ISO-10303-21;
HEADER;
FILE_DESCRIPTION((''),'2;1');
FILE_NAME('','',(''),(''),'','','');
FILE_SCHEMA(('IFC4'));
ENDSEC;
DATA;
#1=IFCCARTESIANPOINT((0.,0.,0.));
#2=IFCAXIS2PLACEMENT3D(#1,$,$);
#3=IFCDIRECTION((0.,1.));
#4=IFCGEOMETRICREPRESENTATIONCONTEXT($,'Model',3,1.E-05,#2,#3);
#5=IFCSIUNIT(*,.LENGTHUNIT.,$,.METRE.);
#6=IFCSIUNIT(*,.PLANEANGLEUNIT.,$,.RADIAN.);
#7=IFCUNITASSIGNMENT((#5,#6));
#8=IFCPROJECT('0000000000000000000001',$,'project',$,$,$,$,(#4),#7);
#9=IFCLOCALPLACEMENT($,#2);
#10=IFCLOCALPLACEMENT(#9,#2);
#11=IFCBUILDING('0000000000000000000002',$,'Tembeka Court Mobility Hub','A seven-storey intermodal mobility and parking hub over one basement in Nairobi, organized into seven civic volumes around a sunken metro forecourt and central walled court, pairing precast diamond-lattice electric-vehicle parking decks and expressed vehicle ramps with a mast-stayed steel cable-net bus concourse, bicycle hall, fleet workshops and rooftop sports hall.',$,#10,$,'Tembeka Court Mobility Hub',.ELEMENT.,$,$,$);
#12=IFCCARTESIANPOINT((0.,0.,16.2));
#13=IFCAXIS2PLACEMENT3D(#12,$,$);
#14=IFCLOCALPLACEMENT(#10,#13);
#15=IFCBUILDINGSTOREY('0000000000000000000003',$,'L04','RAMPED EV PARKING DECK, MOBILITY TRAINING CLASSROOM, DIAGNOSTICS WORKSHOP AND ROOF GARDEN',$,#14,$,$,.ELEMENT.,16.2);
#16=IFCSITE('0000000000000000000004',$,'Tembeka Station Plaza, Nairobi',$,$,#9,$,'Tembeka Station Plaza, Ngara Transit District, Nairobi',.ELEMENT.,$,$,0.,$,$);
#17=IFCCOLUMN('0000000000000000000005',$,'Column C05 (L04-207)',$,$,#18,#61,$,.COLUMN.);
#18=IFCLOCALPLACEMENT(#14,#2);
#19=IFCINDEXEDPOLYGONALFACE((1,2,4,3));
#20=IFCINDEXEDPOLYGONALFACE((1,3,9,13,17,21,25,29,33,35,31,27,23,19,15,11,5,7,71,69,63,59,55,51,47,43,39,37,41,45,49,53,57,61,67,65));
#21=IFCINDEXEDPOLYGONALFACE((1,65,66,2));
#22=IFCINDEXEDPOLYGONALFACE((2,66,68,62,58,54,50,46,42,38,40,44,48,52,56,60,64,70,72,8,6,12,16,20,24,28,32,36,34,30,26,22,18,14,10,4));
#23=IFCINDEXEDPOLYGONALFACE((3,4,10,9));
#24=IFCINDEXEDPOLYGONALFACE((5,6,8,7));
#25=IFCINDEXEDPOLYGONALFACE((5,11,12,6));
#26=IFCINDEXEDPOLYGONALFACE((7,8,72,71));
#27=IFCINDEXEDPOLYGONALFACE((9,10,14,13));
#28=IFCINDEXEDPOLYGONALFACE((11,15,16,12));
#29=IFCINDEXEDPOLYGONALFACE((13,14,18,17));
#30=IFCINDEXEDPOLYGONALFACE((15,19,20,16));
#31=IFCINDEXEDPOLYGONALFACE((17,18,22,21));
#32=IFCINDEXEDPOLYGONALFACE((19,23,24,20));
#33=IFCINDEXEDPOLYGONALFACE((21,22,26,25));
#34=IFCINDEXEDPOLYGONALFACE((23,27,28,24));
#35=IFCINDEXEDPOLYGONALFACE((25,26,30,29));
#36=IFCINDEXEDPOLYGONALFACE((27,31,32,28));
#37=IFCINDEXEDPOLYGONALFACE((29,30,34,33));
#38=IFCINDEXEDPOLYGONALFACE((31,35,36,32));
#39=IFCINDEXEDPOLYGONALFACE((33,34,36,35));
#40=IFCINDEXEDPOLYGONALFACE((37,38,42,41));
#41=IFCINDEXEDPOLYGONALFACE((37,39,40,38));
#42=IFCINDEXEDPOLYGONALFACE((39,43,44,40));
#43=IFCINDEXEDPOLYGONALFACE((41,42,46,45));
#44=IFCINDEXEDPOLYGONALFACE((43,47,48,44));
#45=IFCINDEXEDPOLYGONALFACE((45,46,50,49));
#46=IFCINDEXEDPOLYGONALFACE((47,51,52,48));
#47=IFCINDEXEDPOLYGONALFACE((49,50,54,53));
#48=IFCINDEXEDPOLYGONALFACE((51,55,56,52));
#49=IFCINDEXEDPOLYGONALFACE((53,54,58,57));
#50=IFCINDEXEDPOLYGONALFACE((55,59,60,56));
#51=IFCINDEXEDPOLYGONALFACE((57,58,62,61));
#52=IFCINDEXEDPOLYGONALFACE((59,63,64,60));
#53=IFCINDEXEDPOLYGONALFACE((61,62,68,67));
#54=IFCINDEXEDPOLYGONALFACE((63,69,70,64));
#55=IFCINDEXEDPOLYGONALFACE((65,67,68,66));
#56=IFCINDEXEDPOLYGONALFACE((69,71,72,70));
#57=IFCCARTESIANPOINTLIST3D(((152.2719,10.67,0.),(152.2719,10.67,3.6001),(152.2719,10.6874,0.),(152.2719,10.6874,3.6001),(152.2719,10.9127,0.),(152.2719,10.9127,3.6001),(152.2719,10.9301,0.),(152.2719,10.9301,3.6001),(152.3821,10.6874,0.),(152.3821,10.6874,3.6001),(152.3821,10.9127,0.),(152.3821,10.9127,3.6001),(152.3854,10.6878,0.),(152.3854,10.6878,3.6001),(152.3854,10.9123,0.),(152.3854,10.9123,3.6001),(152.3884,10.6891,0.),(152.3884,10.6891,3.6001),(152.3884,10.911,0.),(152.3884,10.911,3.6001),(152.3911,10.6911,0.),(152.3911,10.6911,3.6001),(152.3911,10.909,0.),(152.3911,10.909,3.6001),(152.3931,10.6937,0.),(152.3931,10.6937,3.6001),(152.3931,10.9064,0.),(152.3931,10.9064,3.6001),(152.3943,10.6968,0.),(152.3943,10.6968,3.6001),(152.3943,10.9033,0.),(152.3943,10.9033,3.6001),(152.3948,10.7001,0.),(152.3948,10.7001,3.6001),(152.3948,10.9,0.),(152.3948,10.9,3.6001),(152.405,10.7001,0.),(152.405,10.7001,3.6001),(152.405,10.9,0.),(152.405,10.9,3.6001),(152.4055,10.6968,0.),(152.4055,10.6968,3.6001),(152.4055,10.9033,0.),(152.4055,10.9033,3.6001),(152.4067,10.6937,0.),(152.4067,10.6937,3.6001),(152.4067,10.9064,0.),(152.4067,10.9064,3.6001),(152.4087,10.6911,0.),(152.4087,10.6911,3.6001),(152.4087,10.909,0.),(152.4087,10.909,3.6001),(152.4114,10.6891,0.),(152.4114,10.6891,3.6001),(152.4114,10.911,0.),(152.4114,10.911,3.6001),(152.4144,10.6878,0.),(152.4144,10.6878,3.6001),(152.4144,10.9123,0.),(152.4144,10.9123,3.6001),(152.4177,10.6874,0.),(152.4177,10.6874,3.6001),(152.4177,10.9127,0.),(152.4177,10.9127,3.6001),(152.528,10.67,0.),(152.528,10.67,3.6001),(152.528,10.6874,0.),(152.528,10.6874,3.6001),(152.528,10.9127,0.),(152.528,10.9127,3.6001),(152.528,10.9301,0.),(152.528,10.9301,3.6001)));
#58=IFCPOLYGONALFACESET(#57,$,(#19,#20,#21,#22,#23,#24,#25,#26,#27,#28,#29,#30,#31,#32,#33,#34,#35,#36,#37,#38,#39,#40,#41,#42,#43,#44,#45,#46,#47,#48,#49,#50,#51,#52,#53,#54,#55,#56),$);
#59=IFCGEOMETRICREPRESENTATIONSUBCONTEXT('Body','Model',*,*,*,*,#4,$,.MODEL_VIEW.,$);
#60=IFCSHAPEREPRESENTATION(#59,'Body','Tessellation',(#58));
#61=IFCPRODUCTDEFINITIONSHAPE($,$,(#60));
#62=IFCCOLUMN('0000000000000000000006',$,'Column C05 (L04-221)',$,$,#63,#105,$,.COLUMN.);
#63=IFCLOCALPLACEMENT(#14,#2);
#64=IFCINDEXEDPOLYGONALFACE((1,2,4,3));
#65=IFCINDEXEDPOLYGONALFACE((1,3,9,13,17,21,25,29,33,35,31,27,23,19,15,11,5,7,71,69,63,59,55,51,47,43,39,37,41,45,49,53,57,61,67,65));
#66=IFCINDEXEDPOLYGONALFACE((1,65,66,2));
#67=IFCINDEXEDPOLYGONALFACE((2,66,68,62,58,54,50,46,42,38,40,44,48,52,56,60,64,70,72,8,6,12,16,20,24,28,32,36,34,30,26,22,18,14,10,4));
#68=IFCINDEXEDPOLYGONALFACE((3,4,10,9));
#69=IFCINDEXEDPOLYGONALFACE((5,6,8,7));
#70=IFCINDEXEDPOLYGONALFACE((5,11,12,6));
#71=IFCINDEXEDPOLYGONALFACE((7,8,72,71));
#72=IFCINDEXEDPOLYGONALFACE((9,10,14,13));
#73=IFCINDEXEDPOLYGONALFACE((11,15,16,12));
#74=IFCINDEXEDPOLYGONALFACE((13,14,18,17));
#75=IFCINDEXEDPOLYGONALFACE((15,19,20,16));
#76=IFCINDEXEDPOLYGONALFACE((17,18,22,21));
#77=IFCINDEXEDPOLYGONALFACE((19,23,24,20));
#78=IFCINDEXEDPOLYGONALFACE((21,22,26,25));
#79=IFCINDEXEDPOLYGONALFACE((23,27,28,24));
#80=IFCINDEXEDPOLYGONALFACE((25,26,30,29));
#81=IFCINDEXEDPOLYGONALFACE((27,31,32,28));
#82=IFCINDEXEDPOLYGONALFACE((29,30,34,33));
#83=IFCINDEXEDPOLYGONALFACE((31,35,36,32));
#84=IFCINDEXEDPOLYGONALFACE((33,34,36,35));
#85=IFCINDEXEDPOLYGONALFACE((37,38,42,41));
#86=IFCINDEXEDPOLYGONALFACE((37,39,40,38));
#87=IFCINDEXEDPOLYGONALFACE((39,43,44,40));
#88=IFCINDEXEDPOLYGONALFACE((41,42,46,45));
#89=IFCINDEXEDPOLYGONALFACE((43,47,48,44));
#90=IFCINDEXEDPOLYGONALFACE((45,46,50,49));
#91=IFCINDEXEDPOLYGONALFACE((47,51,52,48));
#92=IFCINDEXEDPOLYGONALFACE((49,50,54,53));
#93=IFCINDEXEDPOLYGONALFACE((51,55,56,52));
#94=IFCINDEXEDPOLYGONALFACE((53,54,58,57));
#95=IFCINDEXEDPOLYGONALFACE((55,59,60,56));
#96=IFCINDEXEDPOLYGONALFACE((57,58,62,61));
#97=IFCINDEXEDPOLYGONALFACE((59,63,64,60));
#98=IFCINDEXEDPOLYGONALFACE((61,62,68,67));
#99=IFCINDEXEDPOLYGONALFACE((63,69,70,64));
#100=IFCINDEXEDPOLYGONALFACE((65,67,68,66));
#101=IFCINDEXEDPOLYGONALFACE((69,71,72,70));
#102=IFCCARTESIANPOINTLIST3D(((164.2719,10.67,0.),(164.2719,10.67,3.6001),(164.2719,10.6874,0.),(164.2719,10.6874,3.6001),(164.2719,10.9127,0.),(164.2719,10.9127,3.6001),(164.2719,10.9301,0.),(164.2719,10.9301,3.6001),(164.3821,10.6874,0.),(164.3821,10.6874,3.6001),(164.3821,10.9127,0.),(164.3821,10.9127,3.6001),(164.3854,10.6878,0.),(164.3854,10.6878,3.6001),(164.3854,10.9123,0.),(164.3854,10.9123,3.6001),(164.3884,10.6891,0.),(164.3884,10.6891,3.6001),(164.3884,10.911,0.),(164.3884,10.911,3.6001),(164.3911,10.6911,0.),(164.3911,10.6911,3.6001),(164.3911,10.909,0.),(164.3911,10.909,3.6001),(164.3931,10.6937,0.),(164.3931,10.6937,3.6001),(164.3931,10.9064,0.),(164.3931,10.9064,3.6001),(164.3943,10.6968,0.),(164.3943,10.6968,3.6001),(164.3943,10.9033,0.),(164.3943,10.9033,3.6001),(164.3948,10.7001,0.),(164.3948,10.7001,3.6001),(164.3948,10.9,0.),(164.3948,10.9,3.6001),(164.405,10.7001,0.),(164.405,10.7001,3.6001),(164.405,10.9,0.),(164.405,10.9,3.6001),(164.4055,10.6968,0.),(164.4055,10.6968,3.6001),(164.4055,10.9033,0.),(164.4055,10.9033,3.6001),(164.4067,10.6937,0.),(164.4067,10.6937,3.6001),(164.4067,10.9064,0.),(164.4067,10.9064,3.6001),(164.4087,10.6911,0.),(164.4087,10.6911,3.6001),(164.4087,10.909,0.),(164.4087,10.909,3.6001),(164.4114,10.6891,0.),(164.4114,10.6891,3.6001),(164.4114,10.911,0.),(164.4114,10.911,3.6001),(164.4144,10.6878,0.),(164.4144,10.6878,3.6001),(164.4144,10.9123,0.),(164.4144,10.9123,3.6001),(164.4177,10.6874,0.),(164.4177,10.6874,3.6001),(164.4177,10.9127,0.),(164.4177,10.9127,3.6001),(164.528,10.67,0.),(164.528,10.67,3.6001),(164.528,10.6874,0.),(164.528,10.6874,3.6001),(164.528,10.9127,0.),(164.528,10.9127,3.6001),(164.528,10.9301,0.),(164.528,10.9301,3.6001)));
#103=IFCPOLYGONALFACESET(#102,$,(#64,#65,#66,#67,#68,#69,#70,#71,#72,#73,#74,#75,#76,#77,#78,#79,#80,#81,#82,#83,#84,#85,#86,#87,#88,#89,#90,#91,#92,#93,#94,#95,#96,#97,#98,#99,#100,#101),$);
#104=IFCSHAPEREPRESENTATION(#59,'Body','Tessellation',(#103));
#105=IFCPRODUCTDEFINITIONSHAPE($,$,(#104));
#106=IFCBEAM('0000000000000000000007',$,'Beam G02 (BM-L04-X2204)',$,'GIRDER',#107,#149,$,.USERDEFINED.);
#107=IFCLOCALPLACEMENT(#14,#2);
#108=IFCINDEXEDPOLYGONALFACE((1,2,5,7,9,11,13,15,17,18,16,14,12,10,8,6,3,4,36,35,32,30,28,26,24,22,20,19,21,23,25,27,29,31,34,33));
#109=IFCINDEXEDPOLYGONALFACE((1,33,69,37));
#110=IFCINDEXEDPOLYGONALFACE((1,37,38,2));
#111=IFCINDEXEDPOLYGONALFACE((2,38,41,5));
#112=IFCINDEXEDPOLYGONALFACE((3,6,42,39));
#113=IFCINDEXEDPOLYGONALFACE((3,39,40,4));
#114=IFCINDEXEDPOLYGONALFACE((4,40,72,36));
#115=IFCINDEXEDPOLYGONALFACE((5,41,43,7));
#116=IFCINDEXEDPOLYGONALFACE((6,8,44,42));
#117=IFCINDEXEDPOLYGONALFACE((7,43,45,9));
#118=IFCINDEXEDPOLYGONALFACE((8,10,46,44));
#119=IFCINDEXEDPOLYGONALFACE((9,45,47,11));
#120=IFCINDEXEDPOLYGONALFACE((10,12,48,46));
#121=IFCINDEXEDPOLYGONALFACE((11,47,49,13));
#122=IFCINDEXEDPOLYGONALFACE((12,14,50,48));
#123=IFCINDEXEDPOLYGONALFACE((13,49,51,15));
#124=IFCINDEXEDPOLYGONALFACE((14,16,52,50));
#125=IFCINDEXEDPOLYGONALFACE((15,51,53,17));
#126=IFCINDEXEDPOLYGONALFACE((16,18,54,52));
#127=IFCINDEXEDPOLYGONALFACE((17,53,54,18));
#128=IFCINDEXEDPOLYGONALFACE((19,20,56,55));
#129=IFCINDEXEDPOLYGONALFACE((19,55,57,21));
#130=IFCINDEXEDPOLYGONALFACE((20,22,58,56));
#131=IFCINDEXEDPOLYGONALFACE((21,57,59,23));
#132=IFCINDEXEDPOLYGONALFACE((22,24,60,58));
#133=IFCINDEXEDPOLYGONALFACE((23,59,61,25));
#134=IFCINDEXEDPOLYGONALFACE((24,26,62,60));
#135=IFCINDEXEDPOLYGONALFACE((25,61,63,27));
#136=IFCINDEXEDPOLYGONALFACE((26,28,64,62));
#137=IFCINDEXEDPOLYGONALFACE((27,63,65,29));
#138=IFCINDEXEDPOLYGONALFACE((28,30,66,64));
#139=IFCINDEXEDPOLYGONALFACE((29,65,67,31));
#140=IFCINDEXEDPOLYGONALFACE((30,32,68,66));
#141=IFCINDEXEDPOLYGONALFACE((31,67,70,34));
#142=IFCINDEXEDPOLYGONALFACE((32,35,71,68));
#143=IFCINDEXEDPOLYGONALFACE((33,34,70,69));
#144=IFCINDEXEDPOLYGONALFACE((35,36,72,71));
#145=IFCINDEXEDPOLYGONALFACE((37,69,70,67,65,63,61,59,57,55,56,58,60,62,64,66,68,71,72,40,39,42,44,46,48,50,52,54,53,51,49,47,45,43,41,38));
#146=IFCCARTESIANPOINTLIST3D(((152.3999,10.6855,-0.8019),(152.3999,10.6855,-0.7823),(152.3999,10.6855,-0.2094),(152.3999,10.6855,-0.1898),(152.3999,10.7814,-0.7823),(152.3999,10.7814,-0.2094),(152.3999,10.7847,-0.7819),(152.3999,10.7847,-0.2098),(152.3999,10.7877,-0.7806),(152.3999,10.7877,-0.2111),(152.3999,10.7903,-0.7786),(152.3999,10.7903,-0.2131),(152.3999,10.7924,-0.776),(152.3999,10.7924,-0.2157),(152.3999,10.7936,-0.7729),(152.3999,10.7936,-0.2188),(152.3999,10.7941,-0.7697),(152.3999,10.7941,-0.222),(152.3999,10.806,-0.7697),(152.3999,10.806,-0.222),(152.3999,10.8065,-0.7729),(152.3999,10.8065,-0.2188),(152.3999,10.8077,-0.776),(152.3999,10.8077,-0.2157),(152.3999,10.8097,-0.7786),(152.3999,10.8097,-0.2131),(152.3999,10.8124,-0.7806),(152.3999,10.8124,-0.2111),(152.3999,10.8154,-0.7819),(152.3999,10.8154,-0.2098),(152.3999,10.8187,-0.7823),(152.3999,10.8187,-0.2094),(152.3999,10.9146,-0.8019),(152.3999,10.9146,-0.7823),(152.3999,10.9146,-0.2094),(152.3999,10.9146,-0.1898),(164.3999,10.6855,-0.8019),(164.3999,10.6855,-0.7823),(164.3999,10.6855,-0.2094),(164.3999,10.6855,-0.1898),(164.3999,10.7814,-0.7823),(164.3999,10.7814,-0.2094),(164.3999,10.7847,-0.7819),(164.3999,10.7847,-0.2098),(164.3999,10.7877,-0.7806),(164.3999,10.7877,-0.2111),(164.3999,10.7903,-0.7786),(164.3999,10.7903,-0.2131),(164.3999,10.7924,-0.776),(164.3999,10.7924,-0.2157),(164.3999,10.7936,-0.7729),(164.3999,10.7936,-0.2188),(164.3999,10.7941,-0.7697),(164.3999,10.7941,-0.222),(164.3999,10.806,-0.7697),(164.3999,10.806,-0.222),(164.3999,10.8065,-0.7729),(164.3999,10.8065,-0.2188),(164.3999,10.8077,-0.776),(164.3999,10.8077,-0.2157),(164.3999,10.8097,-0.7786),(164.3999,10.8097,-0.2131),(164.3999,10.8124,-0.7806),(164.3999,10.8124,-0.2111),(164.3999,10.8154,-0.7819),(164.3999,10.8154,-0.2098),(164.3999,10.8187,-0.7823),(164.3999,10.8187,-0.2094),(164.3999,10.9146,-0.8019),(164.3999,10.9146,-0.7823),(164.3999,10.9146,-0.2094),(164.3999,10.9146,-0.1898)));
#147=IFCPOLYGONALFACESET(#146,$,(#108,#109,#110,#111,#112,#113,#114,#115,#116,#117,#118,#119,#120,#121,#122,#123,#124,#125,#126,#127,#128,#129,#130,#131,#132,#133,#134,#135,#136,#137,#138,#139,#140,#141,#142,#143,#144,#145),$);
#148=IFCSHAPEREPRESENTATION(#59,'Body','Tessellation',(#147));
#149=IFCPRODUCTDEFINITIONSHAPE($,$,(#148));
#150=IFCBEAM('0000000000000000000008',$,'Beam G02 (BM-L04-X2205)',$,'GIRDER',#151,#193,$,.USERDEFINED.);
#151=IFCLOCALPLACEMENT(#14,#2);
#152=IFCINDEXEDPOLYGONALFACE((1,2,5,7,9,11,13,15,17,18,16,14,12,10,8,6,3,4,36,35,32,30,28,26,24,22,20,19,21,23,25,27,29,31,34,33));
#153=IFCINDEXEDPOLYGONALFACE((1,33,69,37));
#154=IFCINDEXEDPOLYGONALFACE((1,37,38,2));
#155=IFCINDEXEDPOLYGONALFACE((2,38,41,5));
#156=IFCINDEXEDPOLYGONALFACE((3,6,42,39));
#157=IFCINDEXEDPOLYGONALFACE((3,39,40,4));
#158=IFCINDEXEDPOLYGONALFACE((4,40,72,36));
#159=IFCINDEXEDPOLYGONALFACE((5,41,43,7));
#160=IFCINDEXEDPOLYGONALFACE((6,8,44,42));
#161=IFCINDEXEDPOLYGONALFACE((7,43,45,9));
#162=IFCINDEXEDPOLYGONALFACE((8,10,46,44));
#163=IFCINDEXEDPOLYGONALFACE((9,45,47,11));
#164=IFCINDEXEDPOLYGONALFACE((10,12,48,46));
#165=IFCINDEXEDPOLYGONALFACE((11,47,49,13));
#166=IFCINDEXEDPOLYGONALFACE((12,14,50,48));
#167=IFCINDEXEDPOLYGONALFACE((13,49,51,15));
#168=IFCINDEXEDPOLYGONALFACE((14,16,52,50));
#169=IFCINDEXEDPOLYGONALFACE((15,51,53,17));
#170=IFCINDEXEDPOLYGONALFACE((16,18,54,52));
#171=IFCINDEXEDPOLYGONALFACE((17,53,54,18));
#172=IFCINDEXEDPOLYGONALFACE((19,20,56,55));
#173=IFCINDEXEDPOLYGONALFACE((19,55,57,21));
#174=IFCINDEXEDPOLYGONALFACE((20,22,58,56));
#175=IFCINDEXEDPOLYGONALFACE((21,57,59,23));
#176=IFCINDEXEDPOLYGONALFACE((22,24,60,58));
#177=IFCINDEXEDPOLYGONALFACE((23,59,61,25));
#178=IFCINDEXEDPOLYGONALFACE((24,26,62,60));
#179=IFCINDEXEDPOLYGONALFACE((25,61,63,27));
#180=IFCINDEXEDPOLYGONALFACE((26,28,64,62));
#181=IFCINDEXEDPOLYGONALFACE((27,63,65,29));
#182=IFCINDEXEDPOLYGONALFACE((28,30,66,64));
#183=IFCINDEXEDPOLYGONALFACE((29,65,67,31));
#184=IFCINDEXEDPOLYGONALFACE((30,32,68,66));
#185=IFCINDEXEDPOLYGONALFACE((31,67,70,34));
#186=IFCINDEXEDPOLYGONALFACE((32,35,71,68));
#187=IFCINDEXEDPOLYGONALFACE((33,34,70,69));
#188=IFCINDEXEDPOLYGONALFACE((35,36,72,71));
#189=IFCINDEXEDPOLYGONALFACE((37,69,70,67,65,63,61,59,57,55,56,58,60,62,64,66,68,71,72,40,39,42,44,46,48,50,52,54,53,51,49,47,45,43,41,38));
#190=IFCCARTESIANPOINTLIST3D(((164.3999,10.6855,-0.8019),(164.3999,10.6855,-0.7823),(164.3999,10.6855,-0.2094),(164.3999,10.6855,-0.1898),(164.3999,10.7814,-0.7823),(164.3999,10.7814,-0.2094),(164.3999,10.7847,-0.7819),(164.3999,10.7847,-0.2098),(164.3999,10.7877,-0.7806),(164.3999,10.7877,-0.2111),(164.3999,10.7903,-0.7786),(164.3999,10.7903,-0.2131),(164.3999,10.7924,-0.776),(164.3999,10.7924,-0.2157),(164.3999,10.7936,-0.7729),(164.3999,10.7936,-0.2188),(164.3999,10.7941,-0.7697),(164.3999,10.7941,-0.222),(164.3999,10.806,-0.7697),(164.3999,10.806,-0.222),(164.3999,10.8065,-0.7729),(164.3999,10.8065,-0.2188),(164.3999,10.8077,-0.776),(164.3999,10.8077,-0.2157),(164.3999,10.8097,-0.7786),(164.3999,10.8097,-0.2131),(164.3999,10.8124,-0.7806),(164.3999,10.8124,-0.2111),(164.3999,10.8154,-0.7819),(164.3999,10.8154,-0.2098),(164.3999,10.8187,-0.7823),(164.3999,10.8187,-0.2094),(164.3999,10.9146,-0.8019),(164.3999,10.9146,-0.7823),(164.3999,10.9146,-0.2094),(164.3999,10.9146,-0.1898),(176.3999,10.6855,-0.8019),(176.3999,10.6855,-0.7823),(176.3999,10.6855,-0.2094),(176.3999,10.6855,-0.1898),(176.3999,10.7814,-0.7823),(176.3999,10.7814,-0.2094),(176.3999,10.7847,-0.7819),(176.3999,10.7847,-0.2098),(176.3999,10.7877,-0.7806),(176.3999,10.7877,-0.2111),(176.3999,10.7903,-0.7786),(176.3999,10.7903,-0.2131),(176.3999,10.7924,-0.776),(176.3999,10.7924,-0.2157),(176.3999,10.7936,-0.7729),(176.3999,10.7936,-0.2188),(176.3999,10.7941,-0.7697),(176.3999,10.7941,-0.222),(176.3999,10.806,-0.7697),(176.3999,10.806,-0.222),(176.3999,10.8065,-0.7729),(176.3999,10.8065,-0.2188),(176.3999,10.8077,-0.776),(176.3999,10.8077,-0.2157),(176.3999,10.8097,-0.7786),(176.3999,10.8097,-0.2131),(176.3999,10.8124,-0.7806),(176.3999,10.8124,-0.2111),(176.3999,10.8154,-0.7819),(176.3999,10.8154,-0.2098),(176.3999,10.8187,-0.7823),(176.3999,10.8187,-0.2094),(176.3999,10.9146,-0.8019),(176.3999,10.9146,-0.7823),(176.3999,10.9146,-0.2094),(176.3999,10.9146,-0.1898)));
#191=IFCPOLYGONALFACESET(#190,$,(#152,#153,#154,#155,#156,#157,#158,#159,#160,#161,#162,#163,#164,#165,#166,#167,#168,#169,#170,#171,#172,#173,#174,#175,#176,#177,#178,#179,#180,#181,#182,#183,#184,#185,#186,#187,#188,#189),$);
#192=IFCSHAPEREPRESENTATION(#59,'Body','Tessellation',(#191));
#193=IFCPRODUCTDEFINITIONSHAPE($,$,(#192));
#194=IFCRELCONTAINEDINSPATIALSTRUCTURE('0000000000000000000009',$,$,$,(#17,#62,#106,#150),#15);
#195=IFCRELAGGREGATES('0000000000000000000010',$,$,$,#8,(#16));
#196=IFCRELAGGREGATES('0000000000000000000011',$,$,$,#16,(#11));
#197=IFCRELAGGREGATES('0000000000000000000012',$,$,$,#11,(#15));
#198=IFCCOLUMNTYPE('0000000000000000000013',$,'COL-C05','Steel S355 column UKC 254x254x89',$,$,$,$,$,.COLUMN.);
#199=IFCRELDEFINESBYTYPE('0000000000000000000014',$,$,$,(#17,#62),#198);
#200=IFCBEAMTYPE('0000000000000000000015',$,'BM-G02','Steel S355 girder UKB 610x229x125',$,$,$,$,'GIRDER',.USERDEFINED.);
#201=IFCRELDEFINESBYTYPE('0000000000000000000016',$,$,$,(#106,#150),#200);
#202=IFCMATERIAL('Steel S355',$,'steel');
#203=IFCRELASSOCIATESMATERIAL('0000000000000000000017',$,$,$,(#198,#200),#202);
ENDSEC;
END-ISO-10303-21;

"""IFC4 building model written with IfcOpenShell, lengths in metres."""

from ifc_helpers import new_model, si_unit, direction, frame, origin, origin_2d, place, context, subcontext, project, spatial, i_section, extrude, material, material_profile, profile_set, type_object, element, save


model = new_model("IFC4")

# Units and contexts
model_context = context("Model", 3, precision=1e-05, world=origin(), true_north=direction((0.0, 1.0)))
body_context = subcontext(model_context, "Body", "Model", "MODEL_VIEW")
ifc_project = project(units=[si_unit("LENGTHUNIT", "METRE"), si_unit("PLANEANGLEUNIT", "RADIAN")], contexts=[model_context])

# Site, building, storey
site_placement = place(None, origin())
site = spatial("IfcSite", under=ifc_project, at=site_placement, Name="Tembeka Station Plaza, Nairobi", LongName="Tembeka Station Plaza, Ngara Transit District, Nairobi", CompositionType="ELEMENT", RefElevation=0.0)
building_placement = place(site_placement, origin())
building = spatial("IfcBuilding", under=site, at=building_placement, Name="Tembeka Court Mobility Hub", Description="A seven-storey intermodal mobility and parking hub over one basement in Nairobi, organized into seven civic volumes around a sunken metro forecourt and central walled court, pairing precast diamond-lattice electric-vehicle parking decks and expressed vehicle ramps with a mast-stayed steel cable-net bus concourse, bicycle hall, fleet workshops and rooftop sports hall.", LongName="Tembeka Court Mobility Hub", CompositionType="ELEMENT")
storey_placement = place(building_placement, frame((0.0, 0.0, 16.2)))
storey = spatial("IfcBuildingStorey", under=building, at=storey_placement, Name="L04", Description="RAMPED EV PARKING DECK, MOBILITY TRAINING CLASSROOM, DIAGNOSTICS WORKSHOP AND ROOF GARDEN", CompositionType="ELEMENT", Elevation=16.2)

# Columns
ifc_material_1 = material(Name="Steel S355", Category="steel")
ifc_material_profile_1 = material_profile(ifc_material_1, i_section(OverallWidth=0.2561, OverallDepth=0.26, WebThickness=0.0103, FlangeThickness=0.0173, FilletRadius=0.0127, at=origin_2d()), Name="UKC 254x254x89")
ifc_profile_set_1 = profile_set([ifc_material_profile_1], Name="Steel S355")
column_type = type_object("IfcColumnType", Name="COL-C05", Description="Steel S355 column UKC 254x254x89", PredefinedType="COLUMN", material=ifc_profile_set_1)
for number, where, z_axis, x_axis, name in (
    (1, (152.3999, 10.8, 0.0), (0.0, 0.0, 1.0), (1.0, 0.0, 0.0), "Column C05 (L04-207)"),
    (2, (164.3999, 10.8, 0.0), (0.0, 0.0, 1.0), (1.0, 0.0, 0.0), "Column C05 (L04-221)"),
):
    element("IfcColumn", number, at=place(storey_placement, frame(where, z_axis=z_axis, x_axis=x_axis)), inside=storey, type_object=column_type, Name=name, PredefinedType="COLUMN", context=body_context, shape_type="SweptSolid", body=[
        extrude(i_section(OverallWidth=0.2561, OverallDepth=0.26, WebThickness=0.0103, FlangeThickness=0.0173, FilletRadius=0.0127, at=origin_2d()), origin(), (0.0, 0.0, 1.0), 3.6001),
    ])

# Beams
ifc_material_profile_2 = material_profile(ifc_material_1, i_section(OverallWidth=0.229, OverallDepth=0.6121, WebThickness=0.012, FlangeThickness=0.0195, FilletRadius=0.0127, at=origin_2d()), Name="UKB 610x229x125")
ifc_profile_set_2 = profile_set([ifc_material_profile_2], Name="Steel S355")
beam_type_1 = type_object("IfcBeamType", Name="BM-G02", Description="Steel S355 girder UKB 610x229x125", ElementType="GIRDER", PredefinedType="USERDEFINED", material=ifc_profile_set_2)
for number, where, z_axis, x_axis, name in (
    (3, (152.3999, 10.8, -0.4958), (1.0, 0.0, 0.0), (0.0, 1.0, 0.0), "Beam G02 (BM-L04-X2204)"),
    (4, (164.3999, 10.8, -0.4958), (1.0, 0.0, 0.0), (0.0, 1.0, 0.0), "Beam G02 (BM-L04-X2205)"),
):
    element("IfcBeam", number, at=place(storey_placement, frame(where, z_axis=z_axis, x_axis=x_axis)), inside=storey, type_object=beam_type_1, Name=name, ObjectType="GIRDER", PredefinedType="USERDEFINED", context=body_context, shape_type="SweptSolid", body=[
        extrude(i_section(OverallWidth=0.229, OverallDepth=0.6121, WebThickness=0.012, FlangeThickness=0.0195, FilletRadius=0.0127, at=origin_2d()), origin(), (0.0, 0.0, 1.0), 12.0),
    ])

save(model, "model.ifc")
